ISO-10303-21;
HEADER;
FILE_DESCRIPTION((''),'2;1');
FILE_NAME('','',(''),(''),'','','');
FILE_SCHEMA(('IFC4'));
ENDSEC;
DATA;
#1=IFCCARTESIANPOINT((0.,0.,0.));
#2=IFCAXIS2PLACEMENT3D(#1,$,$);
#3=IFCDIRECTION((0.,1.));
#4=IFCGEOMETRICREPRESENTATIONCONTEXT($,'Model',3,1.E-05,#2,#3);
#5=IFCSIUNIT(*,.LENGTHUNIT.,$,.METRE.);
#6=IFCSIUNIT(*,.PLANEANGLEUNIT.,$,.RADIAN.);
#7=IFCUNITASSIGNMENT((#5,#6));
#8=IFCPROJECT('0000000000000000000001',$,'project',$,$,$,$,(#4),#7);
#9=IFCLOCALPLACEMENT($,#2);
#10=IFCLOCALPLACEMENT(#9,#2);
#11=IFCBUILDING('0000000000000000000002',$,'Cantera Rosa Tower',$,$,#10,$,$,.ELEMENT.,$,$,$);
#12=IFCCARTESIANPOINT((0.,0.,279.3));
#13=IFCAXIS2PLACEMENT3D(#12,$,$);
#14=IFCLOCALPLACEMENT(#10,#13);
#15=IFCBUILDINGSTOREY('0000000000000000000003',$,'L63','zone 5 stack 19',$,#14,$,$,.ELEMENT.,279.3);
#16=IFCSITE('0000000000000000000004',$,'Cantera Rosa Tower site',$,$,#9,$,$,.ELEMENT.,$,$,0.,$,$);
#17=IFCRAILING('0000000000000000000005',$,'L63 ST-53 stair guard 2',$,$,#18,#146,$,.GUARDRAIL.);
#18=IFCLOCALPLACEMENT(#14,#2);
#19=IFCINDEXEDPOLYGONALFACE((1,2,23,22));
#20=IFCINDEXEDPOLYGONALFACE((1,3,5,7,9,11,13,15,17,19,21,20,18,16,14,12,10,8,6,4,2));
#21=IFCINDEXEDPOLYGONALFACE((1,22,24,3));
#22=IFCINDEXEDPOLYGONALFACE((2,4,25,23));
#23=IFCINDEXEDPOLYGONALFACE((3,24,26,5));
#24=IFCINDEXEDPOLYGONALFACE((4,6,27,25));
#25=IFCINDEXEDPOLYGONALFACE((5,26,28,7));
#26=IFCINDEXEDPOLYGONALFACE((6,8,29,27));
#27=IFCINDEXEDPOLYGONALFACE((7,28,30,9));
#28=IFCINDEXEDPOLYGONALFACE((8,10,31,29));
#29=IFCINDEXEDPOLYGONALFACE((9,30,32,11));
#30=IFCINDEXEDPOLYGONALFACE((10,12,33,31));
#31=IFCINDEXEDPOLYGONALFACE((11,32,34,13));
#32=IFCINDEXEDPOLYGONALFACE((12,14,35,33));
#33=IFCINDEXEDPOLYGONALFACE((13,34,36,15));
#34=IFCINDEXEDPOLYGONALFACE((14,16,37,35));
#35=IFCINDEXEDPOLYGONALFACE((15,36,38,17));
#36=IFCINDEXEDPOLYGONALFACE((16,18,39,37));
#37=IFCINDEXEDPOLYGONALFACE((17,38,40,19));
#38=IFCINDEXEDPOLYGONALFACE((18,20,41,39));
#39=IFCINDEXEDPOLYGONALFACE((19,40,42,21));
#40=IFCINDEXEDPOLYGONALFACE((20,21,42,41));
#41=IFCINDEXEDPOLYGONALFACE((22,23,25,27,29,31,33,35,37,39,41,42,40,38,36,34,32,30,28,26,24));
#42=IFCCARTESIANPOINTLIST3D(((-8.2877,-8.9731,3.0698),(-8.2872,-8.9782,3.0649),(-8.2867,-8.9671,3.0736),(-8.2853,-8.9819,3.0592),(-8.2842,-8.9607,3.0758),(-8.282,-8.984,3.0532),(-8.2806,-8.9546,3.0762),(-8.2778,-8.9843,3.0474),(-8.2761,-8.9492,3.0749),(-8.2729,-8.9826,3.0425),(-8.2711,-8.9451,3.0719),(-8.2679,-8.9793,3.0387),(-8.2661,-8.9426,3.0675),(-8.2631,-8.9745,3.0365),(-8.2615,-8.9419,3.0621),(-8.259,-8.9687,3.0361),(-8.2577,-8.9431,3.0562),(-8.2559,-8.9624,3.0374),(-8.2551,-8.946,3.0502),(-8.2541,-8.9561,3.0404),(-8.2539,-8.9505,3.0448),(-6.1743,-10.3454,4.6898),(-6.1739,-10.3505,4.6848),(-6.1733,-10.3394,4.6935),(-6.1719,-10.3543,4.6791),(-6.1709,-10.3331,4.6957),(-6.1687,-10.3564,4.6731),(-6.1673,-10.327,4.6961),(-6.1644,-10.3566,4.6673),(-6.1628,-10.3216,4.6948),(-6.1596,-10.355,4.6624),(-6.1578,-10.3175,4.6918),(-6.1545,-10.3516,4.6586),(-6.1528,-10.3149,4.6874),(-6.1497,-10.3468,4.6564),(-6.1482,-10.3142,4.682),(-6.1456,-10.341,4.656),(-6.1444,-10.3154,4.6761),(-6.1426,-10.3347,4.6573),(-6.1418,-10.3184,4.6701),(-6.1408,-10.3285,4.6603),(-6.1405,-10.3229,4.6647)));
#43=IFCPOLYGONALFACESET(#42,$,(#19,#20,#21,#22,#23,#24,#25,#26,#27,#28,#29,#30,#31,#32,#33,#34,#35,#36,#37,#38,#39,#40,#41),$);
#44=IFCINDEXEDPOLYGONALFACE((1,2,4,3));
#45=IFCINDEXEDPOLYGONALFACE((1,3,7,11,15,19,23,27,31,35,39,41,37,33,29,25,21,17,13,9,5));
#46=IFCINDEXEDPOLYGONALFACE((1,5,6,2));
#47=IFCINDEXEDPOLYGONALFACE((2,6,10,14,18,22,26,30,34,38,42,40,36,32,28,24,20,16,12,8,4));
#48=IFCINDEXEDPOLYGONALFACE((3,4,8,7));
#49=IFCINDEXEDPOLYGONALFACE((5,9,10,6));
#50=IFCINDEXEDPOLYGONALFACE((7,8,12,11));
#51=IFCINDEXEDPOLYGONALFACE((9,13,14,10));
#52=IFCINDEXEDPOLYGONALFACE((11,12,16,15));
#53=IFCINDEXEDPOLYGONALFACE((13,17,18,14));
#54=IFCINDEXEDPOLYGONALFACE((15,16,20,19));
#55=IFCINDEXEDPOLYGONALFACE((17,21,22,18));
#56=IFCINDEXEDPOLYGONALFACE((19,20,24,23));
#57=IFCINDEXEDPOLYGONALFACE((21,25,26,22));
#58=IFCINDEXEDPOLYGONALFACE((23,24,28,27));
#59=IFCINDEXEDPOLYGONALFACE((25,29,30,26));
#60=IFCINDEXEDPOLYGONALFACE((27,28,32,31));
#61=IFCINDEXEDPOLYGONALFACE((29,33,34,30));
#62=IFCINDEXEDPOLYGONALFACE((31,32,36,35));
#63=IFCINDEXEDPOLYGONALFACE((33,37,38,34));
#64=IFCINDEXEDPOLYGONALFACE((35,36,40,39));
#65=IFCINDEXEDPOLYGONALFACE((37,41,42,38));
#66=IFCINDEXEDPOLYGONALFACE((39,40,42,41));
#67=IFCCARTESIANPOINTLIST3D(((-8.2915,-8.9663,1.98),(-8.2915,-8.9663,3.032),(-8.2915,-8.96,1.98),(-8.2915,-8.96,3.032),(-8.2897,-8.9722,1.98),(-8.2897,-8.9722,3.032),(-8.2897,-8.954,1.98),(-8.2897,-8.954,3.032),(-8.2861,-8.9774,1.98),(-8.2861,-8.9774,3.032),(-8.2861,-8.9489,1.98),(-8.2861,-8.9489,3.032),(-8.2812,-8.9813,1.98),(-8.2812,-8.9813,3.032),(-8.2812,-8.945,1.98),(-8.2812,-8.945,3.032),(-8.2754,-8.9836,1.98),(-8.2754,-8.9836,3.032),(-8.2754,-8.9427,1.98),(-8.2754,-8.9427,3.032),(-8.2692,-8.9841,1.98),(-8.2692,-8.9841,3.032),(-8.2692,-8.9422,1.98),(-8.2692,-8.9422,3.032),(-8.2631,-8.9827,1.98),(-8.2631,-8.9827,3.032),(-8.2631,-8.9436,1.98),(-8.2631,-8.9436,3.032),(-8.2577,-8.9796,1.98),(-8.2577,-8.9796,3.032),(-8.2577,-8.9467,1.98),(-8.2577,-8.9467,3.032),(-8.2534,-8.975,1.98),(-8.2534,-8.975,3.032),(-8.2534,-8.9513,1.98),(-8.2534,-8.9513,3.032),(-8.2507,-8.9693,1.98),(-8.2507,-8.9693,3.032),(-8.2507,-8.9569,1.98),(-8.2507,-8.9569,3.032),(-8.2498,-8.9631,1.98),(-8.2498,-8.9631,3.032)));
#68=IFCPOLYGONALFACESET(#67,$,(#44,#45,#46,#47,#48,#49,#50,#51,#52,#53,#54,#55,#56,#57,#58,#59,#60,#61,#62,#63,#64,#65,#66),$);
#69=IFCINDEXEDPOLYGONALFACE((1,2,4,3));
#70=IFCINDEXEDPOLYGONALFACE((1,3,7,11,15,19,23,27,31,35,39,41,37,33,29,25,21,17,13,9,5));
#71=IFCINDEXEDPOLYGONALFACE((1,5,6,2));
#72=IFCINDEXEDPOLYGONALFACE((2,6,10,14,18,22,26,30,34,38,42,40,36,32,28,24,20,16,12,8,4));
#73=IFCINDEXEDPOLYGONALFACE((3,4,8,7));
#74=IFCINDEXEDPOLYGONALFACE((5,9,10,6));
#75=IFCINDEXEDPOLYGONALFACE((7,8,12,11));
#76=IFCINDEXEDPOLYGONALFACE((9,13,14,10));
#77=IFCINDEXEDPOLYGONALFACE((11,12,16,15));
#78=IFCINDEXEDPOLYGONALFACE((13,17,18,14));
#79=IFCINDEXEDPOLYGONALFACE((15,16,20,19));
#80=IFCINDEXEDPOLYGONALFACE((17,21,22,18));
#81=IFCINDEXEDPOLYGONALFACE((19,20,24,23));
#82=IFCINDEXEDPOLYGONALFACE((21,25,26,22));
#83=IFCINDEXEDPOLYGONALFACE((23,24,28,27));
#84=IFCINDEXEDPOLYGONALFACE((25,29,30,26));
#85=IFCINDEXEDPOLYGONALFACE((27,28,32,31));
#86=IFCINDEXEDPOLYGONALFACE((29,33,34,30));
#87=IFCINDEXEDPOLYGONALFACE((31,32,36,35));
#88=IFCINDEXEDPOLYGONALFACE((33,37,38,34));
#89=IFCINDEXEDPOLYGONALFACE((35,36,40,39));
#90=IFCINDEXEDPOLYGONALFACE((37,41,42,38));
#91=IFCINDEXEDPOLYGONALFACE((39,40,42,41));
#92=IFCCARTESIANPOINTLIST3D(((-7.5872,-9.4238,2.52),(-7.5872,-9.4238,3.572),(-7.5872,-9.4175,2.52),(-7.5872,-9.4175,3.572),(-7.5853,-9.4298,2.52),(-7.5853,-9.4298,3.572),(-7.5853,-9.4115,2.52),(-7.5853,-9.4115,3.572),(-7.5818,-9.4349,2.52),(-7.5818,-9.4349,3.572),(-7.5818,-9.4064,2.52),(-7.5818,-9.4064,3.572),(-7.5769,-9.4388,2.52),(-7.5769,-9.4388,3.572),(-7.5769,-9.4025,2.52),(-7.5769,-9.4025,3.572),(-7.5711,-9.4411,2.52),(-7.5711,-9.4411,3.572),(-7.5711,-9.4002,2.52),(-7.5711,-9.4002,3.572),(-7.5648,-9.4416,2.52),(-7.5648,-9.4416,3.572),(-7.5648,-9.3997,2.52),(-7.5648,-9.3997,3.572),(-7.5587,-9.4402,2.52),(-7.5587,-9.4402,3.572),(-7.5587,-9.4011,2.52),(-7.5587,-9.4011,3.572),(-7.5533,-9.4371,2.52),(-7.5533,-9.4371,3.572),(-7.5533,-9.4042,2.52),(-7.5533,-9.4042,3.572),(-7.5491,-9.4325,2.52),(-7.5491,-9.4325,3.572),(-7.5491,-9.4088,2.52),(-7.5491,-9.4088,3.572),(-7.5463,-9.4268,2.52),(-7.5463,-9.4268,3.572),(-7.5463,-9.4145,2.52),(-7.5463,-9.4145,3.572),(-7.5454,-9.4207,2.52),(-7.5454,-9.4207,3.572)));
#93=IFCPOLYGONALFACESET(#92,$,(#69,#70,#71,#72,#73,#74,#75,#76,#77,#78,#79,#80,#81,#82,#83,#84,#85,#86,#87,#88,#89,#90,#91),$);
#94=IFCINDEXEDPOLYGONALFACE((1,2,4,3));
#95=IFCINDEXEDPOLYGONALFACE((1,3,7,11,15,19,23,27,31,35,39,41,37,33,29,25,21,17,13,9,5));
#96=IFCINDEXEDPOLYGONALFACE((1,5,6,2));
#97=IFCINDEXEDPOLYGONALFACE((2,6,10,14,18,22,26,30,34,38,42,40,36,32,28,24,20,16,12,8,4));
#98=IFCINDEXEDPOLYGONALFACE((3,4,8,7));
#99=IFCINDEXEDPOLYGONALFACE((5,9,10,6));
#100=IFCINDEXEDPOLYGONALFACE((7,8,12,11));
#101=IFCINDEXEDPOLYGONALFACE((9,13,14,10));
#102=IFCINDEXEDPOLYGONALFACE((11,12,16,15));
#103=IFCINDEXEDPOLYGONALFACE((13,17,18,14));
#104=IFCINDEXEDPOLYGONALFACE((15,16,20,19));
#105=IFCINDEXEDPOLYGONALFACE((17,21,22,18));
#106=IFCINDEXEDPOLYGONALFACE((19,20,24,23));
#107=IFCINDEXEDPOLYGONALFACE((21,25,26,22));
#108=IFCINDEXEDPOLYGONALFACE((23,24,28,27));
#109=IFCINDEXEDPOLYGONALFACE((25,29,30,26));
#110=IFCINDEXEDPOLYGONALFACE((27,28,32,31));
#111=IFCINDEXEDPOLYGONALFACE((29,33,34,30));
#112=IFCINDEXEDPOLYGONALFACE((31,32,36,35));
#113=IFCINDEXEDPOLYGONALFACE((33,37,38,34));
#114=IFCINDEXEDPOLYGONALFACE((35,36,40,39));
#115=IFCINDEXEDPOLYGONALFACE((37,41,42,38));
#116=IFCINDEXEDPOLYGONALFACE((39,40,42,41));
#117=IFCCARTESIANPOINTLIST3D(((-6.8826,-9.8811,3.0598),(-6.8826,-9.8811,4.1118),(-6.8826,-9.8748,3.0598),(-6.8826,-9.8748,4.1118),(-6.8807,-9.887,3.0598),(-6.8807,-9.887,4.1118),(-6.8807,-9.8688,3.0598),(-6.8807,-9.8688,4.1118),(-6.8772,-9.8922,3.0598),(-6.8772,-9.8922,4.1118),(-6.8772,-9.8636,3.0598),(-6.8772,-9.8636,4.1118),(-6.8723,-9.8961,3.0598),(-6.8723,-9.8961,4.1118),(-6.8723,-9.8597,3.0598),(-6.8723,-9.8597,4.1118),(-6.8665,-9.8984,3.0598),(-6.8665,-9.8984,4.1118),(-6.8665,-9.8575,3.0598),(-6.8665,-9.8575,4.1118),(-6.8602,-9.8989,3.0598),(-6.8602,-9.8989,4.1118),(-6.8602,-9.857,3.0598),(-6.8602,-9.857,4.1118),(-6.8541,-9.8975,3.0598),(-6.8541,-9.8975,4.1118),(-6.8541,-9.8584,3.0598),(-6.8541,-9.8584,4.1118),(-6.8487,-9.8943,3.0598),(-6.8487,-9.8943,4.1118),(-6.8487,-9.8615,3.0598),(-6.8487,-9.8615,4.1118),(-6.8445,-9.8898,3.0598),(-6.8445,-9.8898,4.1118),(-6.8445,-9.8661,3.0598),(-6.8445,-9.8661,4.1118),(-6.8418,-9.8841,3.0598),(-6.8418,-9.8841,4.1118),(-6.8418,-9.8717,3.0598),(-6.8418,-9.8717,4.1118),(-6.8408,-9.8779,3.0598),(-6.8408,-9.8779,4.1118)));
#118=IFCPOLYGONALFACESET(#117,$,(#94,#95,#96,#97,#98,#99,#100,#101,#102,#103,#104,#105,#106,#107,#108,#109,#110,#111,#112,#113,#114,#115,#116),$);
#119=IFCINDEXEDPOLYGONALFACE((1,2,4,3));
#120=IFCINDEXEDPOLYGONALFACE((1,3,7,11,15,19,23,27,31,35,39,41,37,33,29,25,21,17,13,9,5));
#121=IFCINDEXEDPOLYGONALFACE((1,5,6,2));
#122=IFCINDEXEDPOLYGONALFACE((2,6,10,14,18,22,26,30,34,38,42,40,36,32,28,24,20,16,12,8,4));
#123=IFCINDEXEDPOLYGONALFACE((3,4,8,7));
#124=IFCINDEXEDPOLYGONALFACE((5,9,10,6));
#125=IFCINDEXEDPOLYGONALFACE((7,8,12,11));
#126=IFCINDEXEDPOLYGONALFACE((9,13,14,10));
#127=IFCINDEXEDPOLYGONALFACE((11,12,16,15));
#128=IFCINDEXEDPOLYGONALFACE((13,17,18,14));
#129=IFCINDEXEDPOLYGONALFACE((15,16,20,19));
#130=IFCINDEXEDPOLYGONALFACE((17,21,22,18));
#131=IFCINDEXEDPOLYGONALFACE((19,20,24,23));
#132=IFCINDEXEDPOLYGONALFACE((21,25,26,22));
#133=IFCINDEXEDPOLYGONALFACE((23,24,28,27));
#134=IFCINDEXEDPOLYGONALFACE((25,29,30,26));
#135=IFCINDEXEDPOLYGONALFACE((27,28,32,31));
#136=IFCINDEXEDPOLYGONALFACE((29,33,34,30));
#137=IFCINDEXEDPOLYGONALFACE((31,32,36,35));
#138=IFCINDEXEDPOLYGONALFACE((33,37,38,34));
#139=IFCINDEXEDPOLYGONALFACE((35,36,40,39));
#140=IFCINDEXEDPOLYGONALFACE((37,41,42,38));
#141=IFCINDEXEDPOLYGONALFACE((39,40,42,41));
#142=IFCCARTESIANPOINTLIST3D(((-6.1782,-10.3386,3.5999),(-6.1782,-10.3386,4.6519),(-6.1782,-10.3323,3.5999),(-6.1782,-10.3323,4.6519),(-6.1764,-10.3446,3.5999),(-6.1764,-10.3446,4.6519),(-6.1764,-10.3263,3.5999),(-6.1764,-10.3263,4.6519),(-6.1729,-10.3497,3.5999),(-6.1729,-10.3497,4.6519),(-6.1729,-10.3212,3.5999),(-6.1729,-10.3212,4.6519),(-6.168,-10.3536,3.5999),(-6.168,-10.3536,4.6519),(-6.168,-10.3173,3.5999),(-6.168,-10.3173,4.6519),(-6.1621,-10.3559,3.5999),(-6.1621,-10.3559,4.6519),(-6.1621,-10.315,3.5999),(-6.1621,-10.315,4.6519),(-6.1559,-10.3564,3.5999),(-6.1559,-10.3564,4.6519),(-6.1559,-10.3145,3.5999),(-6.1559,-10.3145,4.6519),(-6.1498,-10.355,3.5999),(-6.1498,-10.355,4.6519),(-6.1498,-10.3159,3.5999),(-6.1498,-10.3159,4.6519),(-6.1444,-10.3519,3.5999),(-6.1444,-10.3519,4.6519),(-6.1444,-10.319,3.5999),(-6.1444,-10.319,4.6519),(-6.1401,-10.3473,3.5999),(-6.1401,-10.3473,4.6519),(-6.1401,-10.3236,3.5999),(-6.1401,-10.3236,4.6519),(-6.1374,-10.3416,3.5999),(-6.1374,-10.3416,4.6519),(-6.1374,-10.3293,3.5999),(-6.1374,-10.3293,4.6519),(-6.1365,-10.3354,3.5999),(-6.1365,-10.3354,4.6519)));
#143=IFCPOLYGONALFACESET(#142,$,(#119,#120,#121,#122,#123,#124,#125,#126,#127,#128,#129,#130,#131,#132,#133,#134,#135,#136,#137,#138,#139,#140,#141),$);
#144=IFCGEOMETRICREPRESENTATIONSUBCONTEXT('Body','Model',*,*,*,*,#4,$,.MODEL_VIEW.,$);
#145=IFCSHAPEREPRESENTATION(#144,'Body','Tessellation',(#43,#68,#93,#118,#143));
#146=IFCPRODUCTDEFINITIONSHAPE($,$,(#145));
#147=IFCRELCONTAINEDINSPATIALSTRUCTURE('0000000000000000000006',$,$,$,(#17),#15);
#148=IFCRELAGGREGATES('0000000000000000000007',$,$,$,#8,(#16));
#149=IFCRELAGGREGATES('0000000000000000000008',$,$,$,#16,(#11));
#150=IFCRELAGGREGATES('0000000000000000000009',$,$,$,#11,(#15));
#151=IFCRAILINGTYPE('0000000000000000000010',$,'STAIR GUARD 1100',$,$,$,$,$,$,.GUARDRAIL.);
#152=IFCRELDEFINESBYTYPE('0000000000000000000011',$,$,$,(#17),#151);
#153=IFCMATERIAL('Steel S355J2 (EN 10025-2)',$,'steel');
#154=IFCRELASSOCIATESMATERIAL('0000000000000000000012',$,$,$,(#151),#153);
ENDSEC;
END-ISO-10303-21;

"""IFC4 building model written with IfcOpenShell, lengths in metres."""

from ifc_helpers import new_model, si_unit, direction, frame, origin, origin_2d, place, context, subcontext, project, spatial, circle, extrude, material, type_object, element, save


model = new_model("IFC4")

# Units and contexts
model_context = context("Model", 3, precision=1e-05, world=origin(), true_north=direction((0.0, 1.0)))
body_context = subcontext(model_context, "Body", "Model", "MODEL_VIEW")
ifc_project = project(units=[si_unit("LENGTHUNIT", "METRE"), si_unit("PLANEANGLEUNIT", "RADIAN")], contexts=[model_context])

# Site, building, storey
site_placement = place(None, origin())
site = spatial("IfcSite", under=ifc_project, at=site_placement, Name="Cantera Rosa Tower site", CompositionType="ELEMENT", RefElevation=0.0)
building_placement = place(site_placement, origin())
building = spatial("IfcBuilding", under=site, at=building_placement, Name="Cantera Rosa Tower", CompositionType="ELEMENT")
storey_placement = place(building_placement, frame((0.0, 0.0, 279.3)))
storey = spatial("IfcBuildingStorey", under=building, at=storey_placement, Name="L63", Description="zone 5 stack 19", CompositionType="ELEMENT", Elevation=279.3)

# Railing
ifc_material_1 = material(Name="Steel S355J2 (EN 10025-2)", Category="steel")
railing_type_1 = type_object("IfcRailingType", Name="STAIR GUARD 1100", PredefinedType="GUARDRAIL", material=ifc_material_1)
railing_1_placement = place(storey_placement, frame((-8.2708, -8.9631, 1.98)))
element("IfcRailing", 1, at=railing_1_placement, inside=storey, type_object=railing_type_1, Name="L63 ST-53 stair guard 2", PredefinedType="GUARDRAIL", context=body_context, shape_type="SweptSolid", body=[
    extrude(circle(Radius=0.0239, at=origin_2d()), frame((0.0, 0.0, 1.0762), z_axis=(0.705479, -0.458121, 0.540764), x_axis=(0.54462, 0.838683, 0.0)), (0.0, 0.0, 1.0), 2.9956),
    extrude(circle(Radius=0.021, at=origin_2d()), origin(), (0.0, 0.0, 1.0), 1.052),
    extrude(circle(Radius=0.021, at=origin_2d()), frame((0.7043, -0.4575, 0.54)), (0.0, 0.0, 1.0), 1.052),
    extrude(circle(Radius=0.021, at=origin_2d()), frame((1.4089, -0.9148, 1.0798)), (0.0, 0.0, 1.0), 1.052),
    extrude(circle(Radius=0.021, at=origin_2d()), frame((2.1133, -1.3723, 1.6199)), (0.0, 0.0, 1.0), 1.052),
])

save(model, "model.ifc")
